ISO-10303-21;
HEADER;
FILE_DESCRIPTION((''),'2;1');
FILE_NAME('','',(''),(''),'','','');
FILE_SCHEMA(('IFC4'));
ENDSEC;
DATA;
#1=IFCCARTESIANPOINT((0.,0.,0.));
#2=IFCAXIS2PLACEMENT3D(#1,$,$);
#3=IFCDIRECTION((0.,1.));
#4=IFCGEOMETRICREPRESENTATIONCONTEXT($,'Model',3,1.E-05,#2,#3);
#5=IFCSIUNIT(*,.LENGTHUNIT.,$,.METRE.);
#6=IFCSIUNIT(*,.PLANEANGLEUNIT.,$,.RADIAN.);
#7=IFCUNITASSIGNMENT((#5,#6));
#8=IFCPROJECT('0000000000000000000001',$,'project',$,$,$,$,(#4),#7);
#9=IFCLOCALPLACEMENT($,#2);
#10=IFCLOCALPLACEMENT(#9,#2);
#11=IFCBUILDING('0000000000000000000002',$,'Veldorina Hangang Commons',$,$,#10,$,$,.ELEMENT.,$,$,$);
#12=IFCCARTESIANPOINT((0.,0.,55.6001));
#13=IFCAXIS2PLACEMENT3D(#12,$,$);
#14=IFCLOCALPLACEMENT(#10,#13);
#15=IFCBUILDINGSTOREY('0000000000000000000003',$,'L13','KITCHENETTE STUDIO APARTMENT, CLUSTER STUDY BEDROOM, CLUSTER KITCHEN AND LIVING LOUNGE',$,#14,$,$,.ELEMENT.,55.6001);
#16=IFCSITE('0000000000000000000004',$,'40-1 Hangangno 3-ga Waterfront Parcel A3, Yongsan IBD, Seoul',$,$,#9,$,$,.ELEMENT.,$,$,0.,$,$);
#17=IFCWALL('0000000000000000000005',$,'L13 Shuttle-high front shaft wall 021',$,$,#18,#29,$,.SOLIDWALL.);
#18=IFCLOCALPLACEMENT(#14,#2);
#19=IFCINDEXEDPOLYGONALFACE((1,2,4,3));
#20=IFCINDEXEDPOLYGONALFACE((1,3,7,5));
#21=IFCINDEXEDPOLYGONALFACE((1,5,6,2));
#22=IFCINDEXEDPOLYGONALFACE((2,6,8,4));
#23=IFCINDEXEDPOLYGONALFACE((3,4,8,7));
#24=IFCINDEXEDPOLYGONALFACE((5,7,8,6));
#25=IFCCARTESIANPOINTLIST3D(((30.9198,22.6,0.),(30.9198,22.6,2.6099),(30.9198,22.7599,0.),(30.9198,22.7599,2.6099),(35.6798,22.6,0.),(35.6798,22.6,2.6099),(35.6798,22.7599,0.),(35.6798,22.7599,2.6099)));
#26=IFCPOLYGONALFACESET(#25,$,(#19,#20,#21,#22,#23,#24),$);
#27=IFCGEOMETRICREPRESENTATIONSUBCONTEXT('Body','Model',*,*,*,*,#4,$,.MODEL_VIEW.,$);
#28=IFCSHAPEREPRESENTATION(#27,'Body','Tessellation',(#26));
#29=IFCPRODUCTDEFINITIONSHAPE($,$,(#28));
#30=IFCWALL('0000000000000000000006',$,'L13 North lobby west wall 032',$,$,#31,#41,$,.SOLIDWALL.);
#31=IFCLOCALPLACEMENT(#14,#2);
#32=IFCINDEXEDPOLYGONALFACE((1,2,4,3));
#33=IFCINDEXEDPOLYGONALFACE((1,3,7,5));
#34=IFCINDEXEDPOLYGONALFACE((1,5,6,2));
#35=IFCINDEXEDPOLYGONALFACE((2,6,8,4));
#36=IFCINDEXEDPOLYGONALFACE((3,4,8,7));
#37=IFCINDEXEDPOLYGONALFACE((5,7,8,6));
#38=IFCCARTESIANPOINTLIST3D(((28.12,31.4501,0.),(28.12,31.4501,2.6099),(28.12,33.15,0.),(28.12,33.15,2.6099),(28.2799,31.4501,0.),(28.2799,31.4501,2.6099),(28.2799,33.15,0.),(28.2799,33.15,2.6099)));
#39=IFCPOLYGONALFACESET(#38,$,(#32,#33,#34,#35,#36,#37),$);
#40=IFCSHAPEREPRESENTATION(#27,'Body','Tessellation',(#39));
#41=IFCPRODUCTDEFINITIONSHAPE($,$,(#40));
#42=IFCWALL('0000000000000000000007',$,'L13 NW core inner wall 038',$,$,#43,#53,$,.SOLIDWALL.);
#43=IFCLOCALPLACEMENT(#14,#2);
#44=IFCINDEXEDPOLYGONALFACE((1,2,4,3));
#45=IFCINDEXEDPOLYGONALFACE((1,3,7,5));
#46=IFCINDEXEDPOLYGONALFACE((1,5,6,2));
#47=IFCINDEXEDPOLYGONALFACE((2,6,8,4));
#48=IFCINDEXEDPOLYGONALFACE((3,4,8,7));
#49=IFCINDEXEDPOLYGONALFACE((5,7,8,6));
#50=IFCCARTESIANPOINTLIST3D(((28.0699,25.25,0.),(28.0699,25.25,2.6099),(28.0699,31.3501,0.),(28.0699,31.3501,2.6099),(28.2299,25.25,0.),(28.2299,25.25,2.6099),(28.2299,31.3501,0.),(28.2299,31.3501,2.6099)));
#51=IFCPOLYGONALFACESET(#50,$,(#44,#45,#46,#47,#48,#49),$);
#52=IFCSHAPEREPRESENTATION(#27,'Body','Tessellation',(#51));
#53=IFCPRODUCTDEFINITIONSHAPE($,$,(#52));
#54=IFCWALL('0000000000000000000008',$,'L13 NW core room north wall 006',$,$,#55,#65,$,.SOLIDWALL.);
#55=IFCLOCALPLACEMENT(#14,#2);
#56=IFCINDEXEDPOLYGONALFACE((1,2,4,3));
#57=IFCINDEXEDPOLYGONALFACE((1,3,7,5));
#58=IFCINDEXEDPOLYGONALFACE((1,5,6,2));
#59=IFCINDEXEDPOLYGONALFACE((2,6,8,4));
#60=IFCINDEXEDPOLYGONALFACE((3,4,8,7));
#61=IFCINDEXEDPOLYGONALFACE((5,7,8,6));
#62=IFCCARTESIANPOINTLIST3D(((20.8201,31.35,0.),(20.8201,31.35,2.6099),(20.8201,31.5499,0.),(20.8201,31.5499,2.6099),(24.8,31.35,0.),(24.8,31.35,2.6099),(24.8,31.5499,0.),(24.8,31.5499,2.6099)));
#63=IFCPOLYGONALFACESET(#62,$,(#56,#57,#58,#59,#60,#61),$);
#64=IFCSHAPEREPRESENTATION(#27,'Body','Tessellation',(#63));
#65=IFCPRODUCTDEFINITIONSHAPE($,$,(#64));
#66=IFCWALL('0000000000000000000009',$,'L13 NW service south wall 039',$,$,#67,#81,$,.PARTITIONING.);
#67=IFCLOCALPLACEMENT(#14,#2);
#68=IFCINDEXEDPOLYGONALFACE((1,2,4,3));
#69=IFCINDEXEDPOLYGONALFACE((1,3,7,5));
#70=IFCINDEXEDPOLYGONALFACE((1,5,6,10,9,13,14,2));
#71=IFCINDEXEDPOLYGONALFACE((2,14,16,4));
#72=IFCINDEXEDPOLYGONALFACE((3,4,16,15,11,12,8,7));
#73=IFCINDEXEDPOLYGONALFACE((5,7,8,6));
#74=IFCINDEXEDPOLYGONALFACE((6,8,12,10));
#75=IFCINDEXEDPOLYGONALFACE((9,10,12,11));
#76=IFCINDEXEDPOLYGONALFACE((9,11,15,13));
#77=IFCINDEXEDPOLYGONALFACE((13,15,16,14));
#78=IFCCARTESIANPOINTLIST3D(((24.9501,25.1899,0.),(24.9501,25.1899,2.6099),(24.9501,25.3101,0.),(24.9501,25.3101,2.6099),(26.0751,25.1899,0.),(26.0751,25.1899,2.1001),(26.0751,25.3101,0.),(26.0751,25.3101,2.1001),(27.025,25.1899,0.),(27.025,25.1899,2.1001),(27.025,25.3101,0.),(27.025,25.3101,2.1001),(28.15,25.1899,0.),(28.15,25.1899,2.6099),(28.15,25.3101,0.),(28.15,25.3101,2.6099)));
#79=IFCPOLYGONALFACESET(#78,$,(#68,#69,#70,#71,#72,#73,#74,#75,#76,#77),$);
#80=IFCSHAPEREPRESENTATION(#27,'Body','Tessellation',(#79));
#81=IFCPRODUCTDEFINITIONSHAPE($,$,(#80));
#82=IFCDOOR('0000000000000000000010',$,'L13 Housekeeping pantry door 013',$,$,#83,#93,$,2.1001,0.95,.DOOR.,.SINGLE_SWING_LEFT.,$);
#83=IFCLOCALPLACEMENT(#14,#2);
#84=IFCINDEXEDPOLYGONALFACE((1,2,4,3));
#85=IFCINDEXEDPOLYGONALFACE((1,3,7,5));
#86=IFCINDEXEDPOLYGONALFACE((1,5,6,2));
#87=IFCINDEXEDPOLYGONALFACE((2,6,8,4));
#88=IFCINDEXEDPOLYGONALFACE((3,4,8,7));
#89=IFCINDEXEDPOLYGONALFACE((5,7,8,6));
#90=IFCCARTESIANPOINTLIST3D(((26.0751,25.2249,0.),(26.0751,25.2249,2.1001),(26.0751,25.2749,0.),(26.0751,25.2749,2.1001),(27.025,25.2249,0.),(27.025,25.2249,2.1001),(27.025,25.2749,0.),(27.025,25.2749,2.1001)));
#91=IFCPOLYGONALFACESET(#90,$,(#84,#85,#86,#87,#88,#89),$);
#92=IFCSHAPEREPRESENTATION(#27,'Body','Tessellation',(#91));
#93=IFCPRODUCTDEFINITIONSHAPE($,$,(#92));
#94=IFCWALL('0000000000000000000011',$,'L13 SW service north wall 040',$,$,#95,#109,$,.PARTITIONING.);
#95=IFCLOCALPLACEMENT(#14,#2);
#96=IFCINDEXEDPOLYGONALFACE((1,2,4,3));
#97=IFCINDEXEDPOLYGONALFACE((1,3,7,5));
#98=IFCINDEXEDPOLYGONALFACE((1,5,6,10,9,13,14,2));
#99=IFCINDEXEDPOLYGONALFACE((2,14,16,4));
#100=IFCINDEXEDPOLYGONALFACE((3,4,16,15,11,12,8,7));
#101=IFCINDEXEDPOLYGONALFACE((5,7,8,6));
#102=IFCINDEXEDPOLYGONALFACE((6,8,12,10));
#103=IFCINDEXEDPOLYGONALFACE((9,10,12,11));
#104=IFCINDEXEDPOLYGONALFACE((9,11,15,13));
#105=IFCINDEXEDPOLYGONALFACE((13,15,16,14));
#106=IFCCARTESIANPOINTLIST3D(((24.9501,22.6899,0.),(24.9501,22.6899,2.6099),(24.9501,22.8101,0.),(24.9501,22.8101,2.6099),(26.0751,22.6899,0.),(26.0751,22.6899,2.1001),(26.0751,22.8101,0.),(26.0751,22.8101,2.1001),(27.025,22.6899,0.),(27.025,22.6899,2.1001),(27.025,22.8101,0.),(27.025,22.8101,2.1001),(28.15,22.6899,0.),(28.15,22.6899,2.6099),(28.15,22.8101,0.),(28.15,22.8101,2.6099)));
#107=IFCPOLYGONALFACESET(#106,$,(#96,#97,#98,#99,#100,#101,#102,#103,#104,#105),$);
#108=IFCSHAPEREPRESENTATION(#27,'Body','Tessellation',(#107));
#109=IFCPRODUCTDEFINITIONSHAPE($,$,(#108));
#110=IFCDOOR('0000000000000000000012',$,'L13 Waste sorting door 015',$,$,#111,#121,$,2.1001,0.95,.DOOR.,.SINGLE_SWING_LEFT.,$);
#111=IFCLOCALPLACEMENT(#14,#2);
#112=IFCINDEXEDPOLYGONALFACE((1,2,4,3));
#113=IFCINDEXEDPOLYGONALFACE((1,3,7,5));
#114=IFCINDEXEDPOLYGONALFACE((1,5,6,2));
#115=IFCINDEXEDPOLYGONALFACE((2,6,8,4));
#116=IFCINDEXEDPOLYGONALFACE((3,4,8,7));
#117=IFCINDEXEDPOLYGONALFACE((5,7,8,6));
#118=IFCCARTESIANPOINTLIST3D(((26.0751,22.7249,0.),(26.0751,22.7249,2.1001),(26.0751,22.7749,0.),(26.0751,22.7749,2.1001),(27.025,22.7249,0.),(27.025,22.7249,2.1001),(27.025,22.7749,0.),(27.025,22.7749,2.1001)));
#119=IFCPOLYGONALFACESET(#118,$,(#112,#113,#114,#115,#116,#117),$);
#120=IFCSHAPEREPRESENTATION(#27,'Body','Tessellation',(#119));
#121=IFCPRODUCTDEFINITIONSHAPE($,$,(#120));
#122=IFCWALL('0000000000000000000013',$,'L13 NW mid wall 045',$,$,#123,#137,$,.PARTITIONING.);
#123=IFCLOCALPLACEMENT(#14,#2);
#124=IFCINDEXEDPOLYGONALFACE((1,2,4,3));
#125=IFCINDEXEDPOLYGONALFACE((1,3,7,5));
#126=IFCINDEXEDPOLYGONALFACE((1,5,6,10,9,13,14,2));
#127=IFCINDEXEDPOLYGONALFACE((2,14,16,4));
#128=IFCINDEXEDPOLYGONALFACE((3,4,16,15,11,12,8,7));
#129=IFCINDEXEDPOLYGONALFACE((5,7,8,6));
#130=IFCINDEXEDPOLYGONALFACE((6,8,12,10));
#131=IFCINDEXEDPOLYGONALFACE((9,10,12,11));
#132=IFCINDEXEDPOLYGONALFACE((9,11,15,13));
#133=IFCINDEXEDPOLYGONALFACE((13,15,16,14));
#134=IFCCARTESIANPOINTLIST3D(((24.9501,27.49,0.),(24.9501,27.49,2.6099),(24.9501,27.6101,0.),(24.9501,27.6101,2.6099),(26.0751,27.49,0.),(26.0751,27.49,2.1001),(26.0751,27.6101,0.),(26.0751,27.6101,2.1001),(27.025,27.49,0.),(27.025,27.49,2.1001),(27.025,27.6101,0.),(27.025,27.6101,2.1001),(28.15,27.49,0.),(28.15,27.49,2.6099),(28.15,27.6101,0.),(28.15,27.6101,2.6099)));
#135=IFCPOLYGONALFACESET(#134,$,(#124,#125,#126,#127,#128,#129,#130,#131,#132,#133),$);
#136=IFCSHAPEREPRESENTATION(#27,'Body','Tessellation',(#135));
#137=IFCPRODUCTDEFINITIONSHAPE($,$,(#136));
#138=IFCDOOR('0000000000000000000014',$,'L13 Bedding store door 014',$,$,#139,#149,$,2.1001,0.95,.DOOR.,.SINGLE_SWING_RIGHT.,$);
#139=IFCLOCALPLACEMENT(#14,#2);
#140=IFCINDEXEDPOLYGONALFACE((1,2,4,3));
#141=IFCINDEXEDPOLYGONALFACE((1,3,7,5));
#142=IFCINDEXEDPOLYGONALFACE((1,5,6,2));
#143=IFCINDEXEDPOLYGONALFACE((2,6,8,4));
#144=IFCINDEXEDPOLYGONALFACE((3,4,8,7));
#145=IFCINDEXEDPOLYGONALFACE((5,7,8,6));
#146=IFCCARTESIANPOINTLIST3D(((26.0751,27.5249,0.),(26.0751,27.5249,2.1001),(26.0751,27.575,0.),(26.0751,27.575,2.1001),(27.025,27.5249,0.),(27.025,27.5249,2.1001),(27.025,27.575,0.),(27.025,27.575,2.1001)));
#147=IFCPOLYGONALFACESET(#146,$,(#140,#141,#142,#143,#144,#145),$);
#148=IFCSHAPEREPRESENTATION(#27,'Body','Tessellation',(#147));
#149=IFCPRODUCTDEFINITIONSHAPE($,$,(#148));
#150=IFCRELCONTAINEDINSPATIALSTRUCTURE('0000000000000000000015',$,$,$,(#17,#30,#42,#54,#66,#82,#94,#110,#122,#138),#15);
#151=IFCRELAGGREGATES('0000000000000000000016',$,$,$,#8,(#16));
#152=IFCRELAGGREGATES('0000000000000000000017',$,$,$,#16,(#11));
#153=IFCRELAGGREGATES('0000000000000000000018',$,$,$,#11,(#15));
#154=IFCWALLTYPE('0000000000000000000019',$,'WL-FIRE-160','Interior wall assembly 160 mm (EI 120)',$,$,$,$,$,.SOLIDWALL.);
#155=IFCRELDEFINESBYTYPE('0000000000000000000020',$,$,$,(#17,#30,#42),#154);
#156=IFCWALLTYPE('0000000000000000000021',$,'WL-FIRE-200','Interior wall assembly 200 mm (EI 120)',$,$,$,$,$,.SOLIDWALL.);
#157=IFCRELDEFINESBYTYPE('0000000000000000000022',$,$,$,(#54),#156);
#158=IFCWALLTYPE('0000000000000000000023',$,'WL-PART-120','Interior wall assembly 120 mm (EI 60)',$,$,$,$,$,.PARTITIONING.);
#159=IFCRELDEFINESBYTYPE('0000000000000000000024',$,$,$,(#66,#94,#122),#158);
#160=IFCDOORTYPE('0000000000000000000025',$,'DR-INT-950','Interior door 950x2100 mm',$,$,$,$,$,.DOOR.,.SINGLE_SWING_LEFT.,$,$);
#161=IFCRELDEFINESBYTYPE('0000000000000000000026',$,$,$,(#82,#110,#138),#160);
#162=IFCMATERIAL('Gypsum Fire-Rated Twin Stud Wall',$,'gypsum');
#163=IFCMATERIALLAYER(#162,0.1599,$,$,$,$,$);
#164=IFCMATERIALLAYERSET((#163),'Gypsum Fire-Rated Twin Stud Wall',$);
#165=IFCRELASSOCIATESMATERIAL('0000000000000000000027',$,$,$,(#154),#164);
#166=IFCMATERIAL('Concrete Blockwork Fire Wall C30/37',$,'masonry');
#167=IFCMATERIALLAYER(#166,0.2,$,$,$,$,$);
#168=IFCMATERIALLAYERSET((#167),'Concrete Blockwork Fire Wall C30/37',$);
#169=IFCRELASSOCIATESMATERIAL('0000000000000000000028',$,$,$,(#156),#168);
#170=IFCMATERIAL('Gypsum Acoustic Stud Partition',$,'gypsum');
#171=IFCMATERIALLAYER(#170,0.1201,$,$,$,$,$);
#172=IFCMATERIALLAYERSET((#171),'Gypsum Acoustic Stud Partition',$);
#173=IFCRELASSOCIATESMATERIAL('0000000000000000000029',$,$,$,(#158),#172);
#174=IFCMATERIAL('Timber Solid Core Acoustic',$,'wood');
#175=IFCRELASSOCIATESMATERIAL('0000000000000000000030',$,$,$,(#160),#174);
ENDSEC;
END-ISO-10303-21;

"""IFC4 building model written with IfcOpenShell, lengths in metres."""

from ifc_helpers import new_model, si_unit, direction, frame, frame_2d, origin, place, context, subcontext, project, spatial, rectangle, extrude, material, layer, layer_set, type_object, element, fill, save


model = new_model("IFC4")

# Units and contexts
model_context = context("Model", 3, precision=1e-05, world=origin(), true_north=direction((0.0, 1.0)))
body_context = subcontext(model_context, "Body", "Model", "MODEL_VIEW")
ifc_project = project(units=[si_unit("LENGTHUNIT", "METRE"), si_unit("PLANEANGLEUNIT", "RADIAN")], contexts=[model_context])

# Site, building, storey
site_placement = place(None, origin())
site = spatial("IfcSite", under=ifc_project, at=site_placement, Name="40-1 Hangangno 3-ga Waterfront Parcel A3, Yongsan IBD, Seoul", CompositionType="ELEMENT", RefElevation=0.0)
building_placement = place(site_placement, origin())
building = spatial("IfcBuilding", under=site, at=building_placement, Name="Veldorina Hangang Commons", CompositionType="ELEMENT")
storey_placement = place(building_placement, frame((0.0, 0.0, 55.6001)))
storey = spatial("IfcBuildingStorey", under=building, at=storey_placement, Name="L13", Description="KITCHENETTE STUDIO APARTMENT, CLUSTER STUDY BEDROOM, CLUSTER KITCHEN AND LIVING LOUNGE", CompositionType="ELEMENT", Elevation=55.6001)

# Shared definitions
ifc_material_1 = material(Name="Gypsum Fire-Rated Twin Stud Wall", Category="gypsum")
ifc_layer_1 = layer(ifc_material_1, 0.1599)
ifc_layer_set_1 = layer_set([ifc_layer_1], Name="Gypsum Fire-Rated Twin Stud Wall")
wall_type_1 = type_object("IfcWallType", Name="WL-FIRE-160", Description="Interior wall assembly 160 mm (EI 120)", PredefinedType="SOLIDWALL", material=ifc_layer_set_1)

# Walls
wall_1_placement = place(storey_placement, frame((30.9199, 22.6799, 0.0), z_axis=(0.0, 0.0, 1.0), x_axis=(1.0, 0.0, 0.0)))
element("IfcWall", 1, at=wall_1_placement, inside=storey, type_object=wall_type_1, Name="L13 Shuttle-high front shaft wall 021", PredefinedType="SOLIDWALL", context=body_context, shape_type="SweptSolid", body=[
    extrude(rectangle(XDim=4.76, YDim=0.1599, at=frame_2d((2.3799, 0.0))), origin(), (0.0, 0.0, 1.0), 2.6099),
])
wall_2_placement = place(storey_placement, frame((28.2, 31.45, 0.0), z_axis=(0.0, 0.0, 1.0), x_axis=(0.0, 1.0, 0.0)))
element("IfcWall", 2, at=wall_2_placement, inside=storey, type_object=wall_type_1, Name="L13 North lobby west wall 032", PredefinedType="SOLIDWALL", context=body_context, shape_type="SweptSolid", body=[
    extrude(rectangle(XDim=1.7, YDim=0.1599, at=frame_2d((0.8501, 0.0))), origin(), (0.0, 0.0, 1.0), 2.6099),
])
wall_3_placement = place(storey_placement, frame((28.1499, 25.25, 0.0), z_axis=(0.0, 0.0, 1.0), x_axis=(0.0, 1.0, 0.0)))
element("IfcWall", 3, at=wall_3_placement, inside=storey, type_object=wall_type_1, Name="L13 NW core inner wall 038", PredefinedType="SOLIDWALL", context=body_context, shape_type="SweptSolid", body=[
    extrude(rectangle(XDim=6.1001, YDim=0.1599, at=frame_2d((3.05, 0.0))), origin(), (0.0, 0.0, 1.0), 2.6099),
])
ifc_material_2 = material(Name="Concrete Blockwork Fire Wall C30/37", Category="masonry")
ifc_layer_2 = layer(ifc_material_2, 0.2)
ifc_layer_set_2 = layer_set([ifc_layer_2], Name="Concrete Blockwork Fire Wall C30/37")
wall_type_2 = type_object("IfcWallType", Name="WL-FIRE-200", Description="Interior wall assembly 200 mm (EI 120)", PredefinedType="SOLIDWALL", material=ifc_layer_set_2)
wall_4_placement = place(storey_placement, frame((20.8201, 31.45, 0.0), z_axis=(0.0, 0.0, 1.0), x_axis=(1.0, 0.0, 0.0)))
element("IfcWall", 4, at=wall_4_placement, inside=storey, type_object=wall_type_2, Name="L13 NW core room north wall 006", PredefinedType="SOLIDWALL", context=body_context, shape_type="SweptSolid", body=[
    extrude(rectangle(XDim=3.98, YDim=0.2, at=frame_2d((1.99, 0.0))), origin(), (0.0, 0.0, 1.0), 2.6099),
])

# Walls, openings, doors
ifc_material_3 = material(Name="Gypsum Acoustic Stud Partition", Category="gypsum")
ifc_layer_3 = layer(ifc_material_3, 0.1201)
ifc_layer_set_3 = layer_set([ifc_layer_3], Name="Gypsum Acoustic Stud Partition")
wall_type_3 = type_object("IfcWallType", Name="WL-PART-120", Description="Interior wall assembly 120 mm (EI 60)", PredefinedType="PARTITIONING", material=ifc_layer_set_3)
wall_5_placement = place(storey_placement, frame((24.95, 25.25, 0.0), z_axis=(0.0, 0.0, 1.0), x_axis=(1.0, 0.0, 0.0)))
wall_5 = element("IfcWall", 5, at=wall_5_placement, inside=storey, type_object=wall_type_3, Name="L13 NW service south wall 039", PredefinedType="PARTITIONING", context=body_context, shape_type="SweptSolid", body=[
    extrude(rectangle(XDim=3.2, YDim=0.1201, at=frame_2d((1.6001, 0.0))), origin(), (0.0, 0.0, 1.0), 2.6099),
])
opening_1_placement = place(wall_5_placement, frame((1.125, 0.0, 0.0)))
opening_1 = element("IfcOpeningElement", 6, at=opening_1_placement, cuts=wall_5, PredefinedType="OPENING", context=body_context, shape_type="SweptSolid", body=[
    extrude(rectangle(XDim=0.95, YDim=2.1001, at=frame_2d((0.4751, 1.05))), frame((0.0, 0.0701, 0.0), z_axis=(0.0, -1.0, 0.0), x_axis=(1.0, 0.0, 0.0)), (0.0, 0.0, 1.0), 0.1401),
])
ifc_material_4 = material(Name="Timber Solid Core Acoustic", Category="wood")
door_type_1 = type_object("IfcDoorType", Name="DR-INT-950", Description="Interior door 950x2100 mm", OperationType="SINGLE_SWING_LEFT", PredefinedType="DOOR", material=ifc_material_4)
door_1_placement = place(opening_1_placement, origin())
door_1 = element("IfcDoor", 7, at=door_1_placement, inside=storey, type_object=door_type_1, Name="L13 Housekeeping pantry door 013", OperationType="SINGLE_SWING_LEFT", OverallHeight=2.1001, OverallWidth=0.95, PredefinedType="DOOR", context=body_context, shape_type="SweptSolid", body=[
    extrude(rectangle(XDim=0.95, YDim=2.1001, at=frame_2d((0.4751, 1.05))), frame((0.0, 0.0249, 0.0), z_axis=(0.0, -1.0, 0.0), x_axis=(1.0, 0.0, 0.0)), (0.0, 0.0, 1.0), 0.05),
])
fill(opening_1, door_1)
wall_6_placement = place(storey_placement, frame((24.95, 22.75, 0.0), z_axis=(0.0, 0.0, 1.0), x_axis=(1.0, 0.0, 0.0)))
wall_6 = element("IfcWall", 8, at=wall_6_placement, inside=storey, type_object=wall_type_3, Name="L13 SW service north wall 040", PredefinedType="PARTITIONING", context=body_context, shape_type="SweptSolid", body=[
    extrude(rectangle(XDim=3.2, YDim=0.1201, at=frame_2d((1.6001, 0.0))), origin(), (0.0, 0.0, 1.0), 2.6099),
])
opening_2_placement = place(wall_6_placement, frame((1.125, 0.0, 0.0)))
opening_2 = element("IfcOpeningElement", 9, at=opening_2_placement, cuts=wall_6, PredefinedType="OPENING", context=body_context, shape_type="SweptSolid", body=[
    extrude(rectangle(XDim=0.95, YDim=2.1001, at=frame_2d((0.4751, 1.05))), frame((0.0, 0.0701, 0.0), z_axis=(0.0, -1.0, 0.0), x_axis=(1.0, 0.0, 0.0)), (0.0, 0.0, 1.0), 0.1401),
])
door_2_placement = place(opening_2_placement, origin())
door_2 = element("IfcDoor", 10, at=door_2_placement, inside=storey, type_object=door_type_1, Name="L13 Waste sorting door 015", OperationType="SINGLE_SWING_LEFT", OverallHeight=2.1001, OverallWidth=0.95, PredefinedType="DOOR", context=body_context, shape_type="SweptSolid", body=[
    extrude(rectangle(XDim=0.95, YDim=2.1001, at=frame_2d((0.4751, 1.05))), frame((0.0, 0.0249, 0.0), z_axis=(0.0, -1.0, 0.0), x_axis=(1.0, 0.0, 0.0)), (0.0, 0.0, 1.0), 0.05),
])
fill(opening_2, door_2)
wall_7_placement = place(storey_placement, frame((24.95, 27.55, 0.0), z_axis=(0.0, 0.0, 1.0), x_axis=(1.0, 0.0, 0.0)))
wall_7 = element("IfcWall", 11, at=wall_7_placement, inside=storey, type_object=wall_type_3, Name="L13 NW mid wall 045", PredefinedType="PARTITIONING", context=body_context, shape_type="SweptSolid", body=[
    extrude(rectangle(XDim=3.2, YDim=0.1201, at=frame_2d((1.6001, 0.0))), origin(), (0.0, 0.0, 1.0), 2.6099),
])
opening_3_placement = place(wall_7_placement, frame((1.125, 0.0, 0.0)))
opening_3 = element("IfcOpeningElement", 12, at=opening_3_placement, cuts=wall_7, PredefinedType="OPENING", context=body_context, shape_type="SweptSolid", body=[
    extrude(rectangle(XDim=0.95, YDim=2.1001, at=frame_2d((0.4751, 1.05))), frame((0.0, 0.0701, 0.0), z_axis=(0.0, -1.0, 0.0), x_axis=(1.0, 0.0, 0.0)), (0.0, 0.0, 1.0), 0.1401),
])
door_3_placement = place(opening_3_placement, origin())
door_3 = element("IfcDoor", 13, at=door_3_placement, inside=storey, type_object=door_type_1, Name="L13 Bedding store door 014", OperationType="SINGLE_SWING_RIGHT", OverallHeight=2.1001, OverallWidth=0.95, PredefinedType="DOOR", context=body_context, shape_type="SweptSolid", body=[
    extrude(rectangle(XDim=0.95, YDim=2.1001, at=frame_2d((0.4751, 1.05))), frame((0.0, 0.0249, 0.0), z_axis=(0.0, -1.0, 0.0), x_axis=(1.0, 0.0, 0.0)), (0.0, 0.0, 1.0), 0.05),
])
fill(opening_3, door_3)

save(model, "model.ifc")
